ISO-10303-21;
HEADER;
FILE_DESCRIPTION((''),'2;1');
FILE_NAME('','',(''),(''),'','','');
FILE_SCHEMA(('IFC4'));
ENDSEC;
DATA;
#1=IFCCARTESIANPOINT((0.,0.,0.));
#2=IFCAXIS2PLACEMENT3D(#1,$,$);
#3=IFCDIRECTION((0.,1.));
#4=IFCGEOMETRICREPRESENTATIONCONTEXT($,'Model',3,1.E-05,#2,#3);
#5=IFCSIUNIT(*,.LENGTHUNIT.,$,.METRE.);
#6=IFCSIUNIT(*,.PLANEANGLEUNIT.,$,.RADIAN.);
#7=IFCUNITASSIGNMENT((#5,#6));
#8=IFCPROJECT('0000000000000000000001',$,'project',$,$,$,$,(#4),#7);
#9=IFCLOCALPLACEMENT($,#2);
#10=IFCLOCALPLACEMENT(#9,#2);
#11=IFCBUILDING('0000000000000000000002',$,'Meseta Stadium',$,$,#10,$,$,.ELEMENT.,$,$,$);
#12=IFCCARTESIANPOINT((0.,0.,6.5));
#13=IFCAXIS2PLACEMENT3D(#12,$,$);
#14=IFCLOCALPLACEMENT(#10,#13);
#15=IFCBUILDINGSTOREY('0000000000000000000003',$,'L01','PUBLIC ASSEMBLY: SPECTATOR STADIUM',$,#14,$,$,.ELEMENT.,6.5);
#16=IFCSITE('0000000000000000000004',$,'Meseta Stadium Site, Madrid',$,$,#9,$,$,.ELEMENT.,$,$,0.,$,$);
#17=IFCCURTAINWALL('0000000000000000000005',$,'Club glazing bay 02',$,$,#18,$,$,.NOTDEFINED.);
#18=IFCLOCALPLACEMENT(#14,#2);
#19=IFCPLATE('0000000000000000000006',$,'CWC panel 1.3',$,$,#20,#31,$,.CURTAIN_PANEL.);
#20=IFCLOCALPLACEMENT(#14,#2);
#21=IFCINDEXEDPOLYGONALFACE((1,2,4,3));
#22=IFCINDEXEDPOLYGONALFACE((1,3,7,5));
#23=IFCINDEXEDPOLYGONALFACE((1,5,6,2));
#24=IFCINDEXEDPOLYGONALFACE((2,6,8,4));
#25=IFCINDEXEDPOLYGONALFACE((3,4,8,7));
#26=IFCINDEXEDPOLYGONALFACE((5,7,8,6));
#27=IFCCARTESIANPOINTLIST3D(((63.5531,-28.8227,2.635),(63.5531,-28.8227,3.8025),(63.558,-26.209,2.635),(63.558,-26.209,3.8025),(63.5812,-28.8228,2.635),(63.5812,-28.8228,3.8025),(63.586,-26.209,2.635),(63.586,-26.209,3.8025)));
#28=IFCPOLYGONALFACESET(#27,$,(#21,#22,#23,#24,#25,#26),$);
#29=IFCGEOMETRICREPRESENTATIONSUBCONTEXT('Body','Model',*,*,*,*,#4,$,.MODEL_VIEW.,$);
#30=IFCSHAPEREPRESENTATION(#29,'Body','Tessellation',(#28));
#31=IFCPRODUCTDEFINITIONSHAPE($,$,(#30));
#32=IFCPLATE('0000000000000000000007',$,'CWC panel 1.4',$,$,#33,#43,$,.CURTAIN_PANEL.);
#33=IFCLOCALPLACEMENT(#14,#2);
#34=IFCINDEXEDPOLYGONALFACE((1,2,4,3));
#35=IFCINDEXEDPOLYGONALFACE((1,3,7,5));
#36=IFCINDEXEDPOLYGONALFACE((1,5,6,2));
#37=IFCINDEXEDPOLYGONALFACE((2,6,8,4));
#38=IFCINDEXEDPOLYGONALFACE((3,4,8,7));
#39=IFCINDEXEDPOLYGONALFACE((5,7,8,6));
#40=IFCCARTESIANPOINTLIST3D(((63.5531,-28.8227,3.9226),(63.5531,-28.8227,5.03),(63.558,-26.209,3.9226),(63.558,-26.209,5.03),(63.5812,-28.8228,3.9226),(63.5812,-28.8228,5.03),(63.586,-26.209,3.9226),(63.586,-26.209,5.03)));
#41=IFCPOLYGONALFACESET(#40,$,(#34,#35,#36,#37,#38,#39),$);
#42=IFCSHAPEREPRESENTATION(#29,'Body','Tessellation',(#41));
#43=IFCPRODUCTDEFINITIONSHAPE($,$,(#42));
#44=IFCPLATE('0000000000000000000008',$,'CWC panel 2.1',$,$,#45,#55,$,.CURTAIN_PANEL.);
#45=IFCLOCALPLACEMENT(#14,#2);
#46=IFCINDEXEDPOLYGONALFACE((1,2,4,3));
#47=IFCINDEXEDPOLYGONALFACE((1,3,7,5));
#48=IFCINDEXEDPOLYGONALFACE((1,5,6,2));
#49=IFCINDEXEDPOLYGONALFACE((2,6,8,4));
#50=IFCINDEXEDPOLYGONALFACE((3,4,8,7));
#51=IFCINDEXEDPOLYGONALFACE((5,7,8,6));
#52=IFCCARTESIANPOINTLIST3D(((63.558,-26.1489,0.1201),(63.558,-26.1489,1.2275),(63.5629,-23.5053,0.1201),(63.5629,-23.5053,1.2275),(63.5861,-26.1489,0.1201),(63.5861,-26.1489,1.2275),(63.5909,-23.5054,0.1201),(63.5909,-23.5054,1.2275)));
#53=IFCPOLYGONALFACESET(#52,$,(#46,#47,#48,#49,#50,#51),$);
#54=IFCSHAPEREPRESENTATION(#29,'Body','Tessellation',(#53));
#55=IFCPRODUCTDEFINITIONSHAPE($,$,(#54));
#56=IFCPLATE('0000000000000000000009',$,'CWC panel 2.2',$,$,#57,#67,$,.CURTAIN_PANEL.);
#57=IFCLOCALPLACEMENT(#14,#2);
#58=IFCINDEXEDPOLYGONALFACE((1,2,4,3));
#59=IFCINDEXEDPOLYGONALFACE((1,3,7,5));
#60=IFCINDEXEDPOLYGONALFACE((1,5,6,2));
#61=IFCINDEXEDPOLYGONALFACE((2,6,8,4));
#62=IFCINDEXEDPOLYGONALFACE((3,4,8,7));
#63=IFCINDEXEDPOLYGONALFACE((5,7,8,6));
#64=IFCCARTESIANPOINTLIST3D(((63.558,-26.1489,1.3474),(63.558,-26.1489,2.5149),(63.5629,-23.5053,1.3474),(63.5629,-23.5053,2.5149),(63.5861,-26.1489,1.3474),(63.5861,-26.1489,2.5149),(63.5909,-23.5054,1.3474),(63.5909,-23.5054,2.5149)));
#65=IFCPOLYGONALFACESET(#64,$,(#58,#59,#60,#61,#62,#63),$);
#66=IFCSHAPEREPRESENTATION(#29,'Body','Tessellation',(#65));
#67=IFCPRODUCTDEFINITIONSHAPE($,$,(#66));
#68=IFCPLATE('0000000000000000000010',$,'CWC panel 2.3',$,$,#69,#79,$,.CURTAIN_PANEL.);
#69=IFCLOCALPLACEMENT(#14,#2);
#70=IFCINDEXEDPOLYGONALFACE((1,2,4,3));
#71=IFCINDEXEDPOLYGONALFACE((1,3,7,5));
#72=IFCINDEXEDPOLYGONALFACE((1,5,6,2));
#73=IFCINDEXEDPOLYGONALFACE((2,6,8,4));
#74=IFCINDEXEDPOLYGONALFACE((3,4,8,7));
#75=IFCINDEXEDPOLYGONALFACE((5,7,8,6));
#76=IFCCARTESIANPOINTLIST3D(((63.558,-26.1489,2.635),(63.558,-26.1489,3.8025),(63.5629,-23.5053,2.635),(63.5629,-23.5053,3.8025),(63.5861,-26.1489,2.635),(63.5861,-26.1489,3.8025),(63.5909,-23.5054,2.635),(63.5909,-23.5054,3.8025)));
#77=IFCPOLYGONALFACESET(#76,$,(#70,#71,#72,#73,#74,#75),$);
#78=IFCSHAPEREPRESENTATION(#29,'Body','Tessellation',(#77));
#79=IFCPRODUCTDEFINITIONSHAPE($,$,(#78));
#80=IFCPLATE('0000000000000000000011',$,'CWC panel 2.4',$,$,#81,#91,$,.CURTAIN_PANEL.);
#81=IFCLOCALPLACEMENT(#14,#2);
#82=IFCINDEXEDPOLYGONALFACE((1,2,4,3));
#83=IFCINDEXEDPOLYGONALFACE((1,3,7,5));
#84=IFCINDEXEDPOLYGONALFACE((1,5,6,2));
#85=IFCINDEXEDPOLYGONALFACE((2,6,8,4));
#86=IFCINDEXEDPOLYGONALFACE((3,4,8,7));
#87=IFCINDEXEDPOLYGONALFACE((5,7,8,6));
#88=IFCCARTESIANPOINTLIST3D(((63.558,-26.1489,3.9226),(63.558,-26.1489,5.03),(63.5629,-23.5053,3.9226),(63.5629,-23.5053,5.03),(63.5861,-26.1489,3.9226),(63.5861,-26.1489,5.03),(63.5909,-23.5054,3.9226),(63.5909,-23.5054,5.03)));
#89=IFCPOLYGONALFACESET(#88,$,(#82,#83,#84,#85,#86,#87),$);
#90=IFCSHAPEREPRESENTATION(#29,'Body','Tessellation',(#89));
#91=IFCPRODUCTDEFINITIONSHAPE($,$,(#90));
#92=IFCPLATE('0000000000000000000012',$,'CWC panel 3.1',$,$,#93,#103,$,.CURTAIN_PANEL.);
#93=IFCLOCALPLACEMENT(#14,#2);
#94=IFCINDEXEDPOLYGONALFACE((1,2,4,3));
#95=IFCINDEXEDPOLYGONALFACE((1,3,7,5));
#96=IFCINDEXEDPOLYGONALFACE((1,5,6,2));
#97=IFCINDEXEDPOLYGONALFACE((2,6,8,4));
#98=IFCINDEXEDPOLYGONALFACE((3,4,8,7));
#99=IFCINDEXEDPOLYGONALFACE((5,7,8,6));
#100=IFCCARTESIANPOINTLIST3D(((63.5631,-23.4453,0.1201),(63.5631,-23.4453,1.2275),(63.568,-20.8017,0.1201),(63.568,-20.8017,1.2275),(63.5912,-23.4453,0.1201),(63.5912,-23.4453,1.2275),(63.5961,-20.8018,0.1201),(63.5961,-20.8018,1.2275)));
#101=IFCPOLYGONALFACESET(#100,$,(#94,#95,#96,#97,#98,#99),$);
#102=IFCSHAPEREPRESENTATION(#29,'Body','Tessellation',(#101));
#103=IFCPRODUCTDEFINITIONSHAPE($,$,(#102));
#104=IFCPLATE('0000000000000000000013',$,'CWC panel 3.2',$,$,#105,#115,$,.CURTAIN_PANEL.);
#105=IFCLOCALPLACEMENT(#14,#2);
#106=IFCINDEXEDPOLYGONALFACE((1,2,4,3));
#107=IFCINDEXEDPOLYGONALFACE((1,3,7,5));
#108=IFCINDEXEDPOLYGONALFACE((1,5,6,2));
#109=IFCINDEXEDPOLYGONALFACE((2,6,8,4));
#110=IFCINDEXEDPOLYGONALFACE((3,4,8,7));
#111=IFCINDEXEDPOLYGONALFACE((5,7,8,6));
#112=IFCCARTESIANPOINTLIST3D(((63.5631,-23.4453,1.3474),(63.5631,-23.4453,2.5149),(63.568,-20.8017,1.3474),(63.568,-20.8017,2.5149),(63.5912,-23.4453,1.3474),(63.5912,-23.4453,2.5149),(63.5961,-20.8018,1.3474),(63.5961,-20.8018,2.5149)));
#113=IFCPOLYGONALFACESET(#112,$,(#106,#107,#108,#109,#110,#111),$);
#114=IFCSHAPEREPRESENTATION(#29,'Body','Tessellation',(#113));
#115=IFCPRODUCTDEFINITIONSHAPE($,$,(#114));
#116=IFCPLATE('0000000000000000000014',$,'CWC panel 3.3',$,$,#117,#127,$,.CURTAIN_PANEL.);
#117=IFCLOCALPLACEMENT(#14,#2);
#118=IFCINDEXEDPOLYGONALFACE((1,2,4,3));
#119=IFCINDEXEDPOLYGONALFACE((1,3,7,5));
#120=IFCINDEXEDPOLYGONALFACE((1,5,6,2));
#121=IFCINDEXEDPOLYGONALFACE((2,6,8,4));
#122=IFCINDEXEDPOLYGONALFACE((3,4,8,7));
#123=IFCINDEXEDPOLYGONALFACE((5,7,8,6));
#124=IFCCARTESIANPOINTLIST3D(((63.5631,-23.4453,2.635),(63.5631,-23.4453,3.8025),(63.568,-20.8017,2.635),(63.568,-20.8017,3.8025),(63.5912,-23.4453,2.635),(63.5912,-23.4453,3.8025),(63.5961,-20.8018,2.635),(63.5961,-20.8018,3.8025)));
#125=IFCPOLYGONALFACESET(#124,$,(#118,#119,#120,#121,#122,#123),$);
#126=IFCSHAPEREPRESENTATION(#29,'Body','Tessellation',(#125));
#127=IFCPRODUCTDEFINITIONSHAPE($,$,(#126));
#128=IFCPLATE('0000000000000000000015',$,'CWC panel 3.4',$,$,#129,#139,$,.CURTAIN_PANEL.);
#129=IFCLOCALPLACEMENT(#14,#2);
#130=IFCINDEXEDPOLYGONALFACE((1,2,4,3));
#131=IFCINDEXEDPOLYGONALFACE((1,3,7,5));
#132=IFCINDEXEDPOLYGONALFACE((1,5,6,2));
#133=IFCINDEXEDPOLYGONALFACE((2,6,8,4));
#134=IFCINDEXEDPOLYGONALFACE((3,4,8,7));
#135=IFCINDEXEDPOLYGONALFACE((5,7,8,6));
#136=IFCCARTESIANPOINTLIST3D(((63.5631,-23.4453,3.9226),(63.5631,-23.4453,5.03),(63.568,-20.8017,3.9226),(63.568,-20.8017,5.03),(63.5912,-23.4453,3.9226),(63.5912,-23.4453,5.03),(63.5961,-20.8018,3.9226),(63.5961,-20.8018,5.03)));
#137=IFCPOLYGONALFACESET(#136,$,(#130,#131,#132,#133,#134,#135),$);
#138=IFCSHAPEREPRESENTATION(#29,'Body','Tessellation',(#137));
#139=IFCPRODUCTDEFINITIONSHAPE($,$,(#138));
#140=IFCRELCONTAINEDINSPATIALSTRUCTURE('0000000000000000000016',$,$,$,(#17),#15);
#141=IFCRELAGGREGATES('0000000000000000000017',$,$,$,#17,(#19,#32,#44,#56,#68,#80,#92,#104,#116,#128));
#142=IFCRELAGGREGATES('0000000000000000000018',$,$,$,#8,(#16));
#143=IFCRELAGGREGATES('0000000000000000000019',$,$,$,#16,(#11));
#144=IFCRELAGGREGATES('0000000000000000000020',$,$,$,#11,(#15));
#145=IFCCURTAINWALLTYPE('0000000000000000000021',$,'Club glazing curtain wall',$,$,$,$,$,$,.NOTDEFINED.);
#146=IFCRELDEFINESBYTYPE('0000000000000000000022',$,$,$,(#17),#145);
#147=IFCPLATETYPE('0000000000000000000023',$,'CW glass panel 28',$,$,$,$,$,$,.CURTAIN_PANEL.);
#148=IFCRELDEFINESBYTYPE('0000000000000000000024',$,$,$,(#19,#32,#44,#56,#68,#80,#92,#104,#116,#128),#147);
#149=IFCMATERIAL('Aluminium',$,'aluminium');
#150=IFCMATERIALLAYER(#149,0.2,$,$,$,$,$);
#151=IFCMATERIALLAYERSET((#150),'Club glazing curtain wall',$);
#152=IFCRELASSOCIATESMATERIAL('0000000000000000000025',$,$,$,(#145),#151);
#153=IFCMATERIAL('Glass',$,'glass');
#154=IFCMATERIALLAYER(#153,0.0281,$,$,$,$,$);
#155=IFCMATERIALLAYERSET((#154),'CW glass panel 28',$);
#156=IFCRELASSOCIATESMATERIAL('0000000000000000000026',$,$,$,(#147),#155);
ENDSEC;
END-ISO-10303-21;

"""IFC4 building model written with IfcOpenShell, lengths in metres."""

from ifc_helpers import new_model, si_unit, direction, frame, origin, origin_2d, place, context, subcontext, project, spatial, rectangle, extrude, material, layer, layer_set, type_object, element, aggregate, save


model = new_model("IFC4")

# Units and contexts
model_context = context("Model", 3, precision=1e-05, world=origin(), true_north=direction((0.0, 1.0)))
body_context = subcontext(model_context, "Body", "Model", "MODEL_VIEW")
ifc_project = project(units=[si_unit("LENGTHUNIT", "METRE"), si_unit("PLANEANGLEUNIT", "RADIAN")], contexts=[model_context])

# Site, building, storey
site_placement = place(None, origin())
site = spatial("IfcSite", under=ifc_project, at=site_placement, Name="Meseta Stadium Site, Madrid", CompositionType="ELEMENT", RefElevation=0.0)
building_placement = place(site_placement, origin())
building = spatial("IfcBuilding", under=site, at=building_placement, Name="Meseta Stadium", CompositionType="ELEMENT")
storey_placement = place(building_placement, frame((0.0, 0.0, 6.5)))
storey = spatial("IfcBuildingStorey", under=building, at=storey_placement, Name="L01", Description="PUBLIC ASSEMBLY: SPECTATOR STADIUM", CompositionType="ELEMENT", Elevation=6.5)

# Shared definitions
ifc_material_1 = material(Name="Aluminium", Category="aluminium")
ifc_layer_1 = layer(ifc_material_1, 0.2)
ifc_layer_set_1 = layer_set([ifc_layer_1], Name="Club glazing curtain wall")
curtain_wall_type = type_object("IfcCurtainWallType", Name="Club glazing curtain wall", PredefinedType="NOTDEFINED", material=ifc_layer_set_1)

# Curtain wall
curtain_wall_1_placement = place(storey_placement, origin())
curtain_wall_1 = element("IfcCurtainWall", 1, at=curtain_wall_1_placement, inside=storey, type_object=curtain_wall_type, Name="Club glazing bay 02", PredefinedType="NOTDEFINED")

# Plates
ifc_material_2 = material(Name="Glass", Category="glass")
ifc_layer_2 = layer(ifc_material_2, 0.0281)
ifc_layer_set_2 = layer_set([ifc_layer_2], Name="CW glass panel 28")
plate_type = type_object("IfcPlateType", Name="CW glass panel 28", PredefinedType="CURTAIN_PANEL", material=ifc_layer_set_2)
plate_1_placement = place(storey_placement, frame((63.5696, -27.5159, 2.635), z_axis=(0.0, 0.0, 1.0), x_axis=(0.001845, 0.999998, 0.0)))
plate_1 = element("IfcPlate", 2, at=plate_1_placement, type_object=plate_type, Name="CWC panel 1.3", PredefinedType="CURTAIN_PANEL", context=body_context, shape_type="SweptSolid", body=[
    extrude(rectangle(XDim=2.6138, YDim=0.0281, at=origin_2d()), origin(), (0.0, 0.0, 1.0), 1.1675),
])
plate_2_placement = place(storey_placement, frame((63.5696, -27.5159, 3.9226), z_axis=(0.0, 0.0, 1.0), x_axis=(0.001845, 0.999998, 0.0)))
plate_2 = element("IfcPlate", 3, at=plate_2_placement, type_object=plate_type, Name="CWC panel 1.4", PredefinedType="CURTAIN_PANEL", context=body_context, shape_type="SweptSolid", body=[
    extrude(rectangle(XDim=2.6138, YDim=0.0281, at=origin_2d()), origin(), (0.0, 0.0, 1.0), 1.1074),
])
plate_3_placement = place(storey_placement, frame((63.5745, -24.8271, 0.1201), z_axis=(0.0, 0.0, 1.0), x_axis=(0.001845, 0.999998, 0.0)))
plate_3 = element("IfcPlate", 4, at=plate_3_placement, type_object=plate_type, Name="CWC panel 2.1", PredefinedType="CURTAIN_PANEL", context=body_context, shape_type="SweptSolid", body=[
    extrude(rectangle(XDim=2.6436, YDim=0.0281, at=origin_2d()), origin(), (0.0, 0.0, 1.0), 1.1074),
])
plate_4_placement = place(storey_placement, frame((63.5745, -24.8271, 1.3474), z_axis=(0.0, 0.0, 1.0), x_axis=(0.001845, 0.999998, 0.0)))
plate_4 = element("IfcPlate", 5, at=plate_4_placement, type_object=plate_type, Name="CWC panel 2.2", PredefinedType="CURTAIN_PANEL", context=body_context, shape_type="SweptSolid", body=[
    extrude(rectangle(XDim=2.6436, YDim=0.0281, at=origin_2d()), origin(), (0.0, 0.0, 1.0), 1.1675),
])
plate_5_placement = place(storey_placement, frame((63.5745, -24.8271, 2.635), z_axis=(0.0, 0.0, 1.0), x_axis=(0.001845, 0.999998, 0.0)))
plate_5 = element("IfcPlate", 6, at=plate_5_placement, type_object=plate_type, Name="CWC panel 2.3", PredefinedType="CURTAIN_PANEL", context=body_context, shape_type="SweptSolid", body=[
    extrude(rectangle(XDim=2.6436, YDim=0.0281, at=origin_2d()), origin(), (0.0, 0.0, 1.0), 1.1675),
])
plate_6_placement = place(storey_placement, frame((63.5745, -24.8271, 3.9226), z_axis=(0.0, 0.0, 1.0), x_axis=(0.001845, 0.999998, 0.0)))
plate_6 = element("IfcPlate", 7, at=plate_6_placement, type_object=plate_type, Name="CWC panel 2.4", PredefinedType="CURTAIN_PANEL", context=body_context, shape_type="SweptSolid", body=[
    extrude(rectangle(XDim=2.6436, YDim=0.0281, at=origin_2d()), origin(), (0.0, 0.0, 1.0), 1.1074),
])
plate_7_placement = place(storey_placement, frame((63.5796, -22.1235, 0.1201), z_axis=(0.0, 0.0, 1.0), x_axis=(0.001845, 0.999998, 0.0)))
plate_7 = element("IfcPlate", 8, at=plate_7_placement, type_object=plate_type, Name="CWC panel 3.1", PredefinedType="CURTAIN_PANEL", context=body_context, shape_type="SweptSolid", body=[
    extrude(rectangle(XDim=2.6436, YDim=0.0281, at=origin_2d()), origin(), (0.0, 0.0, 1.0), 1.1074),
])
plate_8_placement = place(storey_placement, frame((63.5796, -22.1235, 1.3474), z_axis=(0.0, 0.0, 1.0), x_axis=(0.001845, 0.999998, 0.0)))
plate_8 = element("IfcPlate", 9, at=plate_8_placement, type_object=plate_type, Name="CWC panel 3.2", PredefinedType="CURTAIN_PANEL", context=body_context, shape_type="SweptSolid", body=[
    extrude(rectangle(XDim=2.6436, YDim=0.0281, at=origin_2d()), origin(), (0.0, 0.0, 1.0), 1.1675),
])
plate_9_placement = place(storey_placement, frame((63.5796, -22.1235, 2.635), z_axis=(0.0, 0.0, 1.0), x_axis=(0.001845, 0.999998, 0.0)))
plate_9 = element("IfcPlate", 10, at=plate_9_placement, type_object=plate_type, Name="CWC panel 3.3", PredefinedType="CURTAIN_PANEL", context=body_context, shape_type="SweptSolid", body=[
    extrude(rectangle(XDim=2.6436, YDim=0.0281, at=origin_2d()), origin(), (0.0, 0.0, 1.0), 1.1675),
])
plate_10_placement = place(storey_placement, frame((63.5796, -22.1235, 3.9226), z_axis=(0.0, 0.0, 1.0), x_axis=(0.001845, 0.999998, 0.0)))
plate_10 = element("IfcPlate", 11, at=plate_10_placement, type_object=plate_type, Name="CWC panel 3.4", PredefinedType="CURTAIN_PANEL", context=body_context, shape_type="SweptSolid", body=[
    extrude(rectangle(XDim=2.6436, YDim=0.0281, at=origin_2d()), origin(), (0.0, 0.0, 1.0), 1.1074),
])
aggregate(curtain_wall_1, [plate_1, plate_2, plate_3, plate_4, plate_5, plate_6, plate_7, plate_8, plate_9, plate_10])

save(model, "model.ifc")
